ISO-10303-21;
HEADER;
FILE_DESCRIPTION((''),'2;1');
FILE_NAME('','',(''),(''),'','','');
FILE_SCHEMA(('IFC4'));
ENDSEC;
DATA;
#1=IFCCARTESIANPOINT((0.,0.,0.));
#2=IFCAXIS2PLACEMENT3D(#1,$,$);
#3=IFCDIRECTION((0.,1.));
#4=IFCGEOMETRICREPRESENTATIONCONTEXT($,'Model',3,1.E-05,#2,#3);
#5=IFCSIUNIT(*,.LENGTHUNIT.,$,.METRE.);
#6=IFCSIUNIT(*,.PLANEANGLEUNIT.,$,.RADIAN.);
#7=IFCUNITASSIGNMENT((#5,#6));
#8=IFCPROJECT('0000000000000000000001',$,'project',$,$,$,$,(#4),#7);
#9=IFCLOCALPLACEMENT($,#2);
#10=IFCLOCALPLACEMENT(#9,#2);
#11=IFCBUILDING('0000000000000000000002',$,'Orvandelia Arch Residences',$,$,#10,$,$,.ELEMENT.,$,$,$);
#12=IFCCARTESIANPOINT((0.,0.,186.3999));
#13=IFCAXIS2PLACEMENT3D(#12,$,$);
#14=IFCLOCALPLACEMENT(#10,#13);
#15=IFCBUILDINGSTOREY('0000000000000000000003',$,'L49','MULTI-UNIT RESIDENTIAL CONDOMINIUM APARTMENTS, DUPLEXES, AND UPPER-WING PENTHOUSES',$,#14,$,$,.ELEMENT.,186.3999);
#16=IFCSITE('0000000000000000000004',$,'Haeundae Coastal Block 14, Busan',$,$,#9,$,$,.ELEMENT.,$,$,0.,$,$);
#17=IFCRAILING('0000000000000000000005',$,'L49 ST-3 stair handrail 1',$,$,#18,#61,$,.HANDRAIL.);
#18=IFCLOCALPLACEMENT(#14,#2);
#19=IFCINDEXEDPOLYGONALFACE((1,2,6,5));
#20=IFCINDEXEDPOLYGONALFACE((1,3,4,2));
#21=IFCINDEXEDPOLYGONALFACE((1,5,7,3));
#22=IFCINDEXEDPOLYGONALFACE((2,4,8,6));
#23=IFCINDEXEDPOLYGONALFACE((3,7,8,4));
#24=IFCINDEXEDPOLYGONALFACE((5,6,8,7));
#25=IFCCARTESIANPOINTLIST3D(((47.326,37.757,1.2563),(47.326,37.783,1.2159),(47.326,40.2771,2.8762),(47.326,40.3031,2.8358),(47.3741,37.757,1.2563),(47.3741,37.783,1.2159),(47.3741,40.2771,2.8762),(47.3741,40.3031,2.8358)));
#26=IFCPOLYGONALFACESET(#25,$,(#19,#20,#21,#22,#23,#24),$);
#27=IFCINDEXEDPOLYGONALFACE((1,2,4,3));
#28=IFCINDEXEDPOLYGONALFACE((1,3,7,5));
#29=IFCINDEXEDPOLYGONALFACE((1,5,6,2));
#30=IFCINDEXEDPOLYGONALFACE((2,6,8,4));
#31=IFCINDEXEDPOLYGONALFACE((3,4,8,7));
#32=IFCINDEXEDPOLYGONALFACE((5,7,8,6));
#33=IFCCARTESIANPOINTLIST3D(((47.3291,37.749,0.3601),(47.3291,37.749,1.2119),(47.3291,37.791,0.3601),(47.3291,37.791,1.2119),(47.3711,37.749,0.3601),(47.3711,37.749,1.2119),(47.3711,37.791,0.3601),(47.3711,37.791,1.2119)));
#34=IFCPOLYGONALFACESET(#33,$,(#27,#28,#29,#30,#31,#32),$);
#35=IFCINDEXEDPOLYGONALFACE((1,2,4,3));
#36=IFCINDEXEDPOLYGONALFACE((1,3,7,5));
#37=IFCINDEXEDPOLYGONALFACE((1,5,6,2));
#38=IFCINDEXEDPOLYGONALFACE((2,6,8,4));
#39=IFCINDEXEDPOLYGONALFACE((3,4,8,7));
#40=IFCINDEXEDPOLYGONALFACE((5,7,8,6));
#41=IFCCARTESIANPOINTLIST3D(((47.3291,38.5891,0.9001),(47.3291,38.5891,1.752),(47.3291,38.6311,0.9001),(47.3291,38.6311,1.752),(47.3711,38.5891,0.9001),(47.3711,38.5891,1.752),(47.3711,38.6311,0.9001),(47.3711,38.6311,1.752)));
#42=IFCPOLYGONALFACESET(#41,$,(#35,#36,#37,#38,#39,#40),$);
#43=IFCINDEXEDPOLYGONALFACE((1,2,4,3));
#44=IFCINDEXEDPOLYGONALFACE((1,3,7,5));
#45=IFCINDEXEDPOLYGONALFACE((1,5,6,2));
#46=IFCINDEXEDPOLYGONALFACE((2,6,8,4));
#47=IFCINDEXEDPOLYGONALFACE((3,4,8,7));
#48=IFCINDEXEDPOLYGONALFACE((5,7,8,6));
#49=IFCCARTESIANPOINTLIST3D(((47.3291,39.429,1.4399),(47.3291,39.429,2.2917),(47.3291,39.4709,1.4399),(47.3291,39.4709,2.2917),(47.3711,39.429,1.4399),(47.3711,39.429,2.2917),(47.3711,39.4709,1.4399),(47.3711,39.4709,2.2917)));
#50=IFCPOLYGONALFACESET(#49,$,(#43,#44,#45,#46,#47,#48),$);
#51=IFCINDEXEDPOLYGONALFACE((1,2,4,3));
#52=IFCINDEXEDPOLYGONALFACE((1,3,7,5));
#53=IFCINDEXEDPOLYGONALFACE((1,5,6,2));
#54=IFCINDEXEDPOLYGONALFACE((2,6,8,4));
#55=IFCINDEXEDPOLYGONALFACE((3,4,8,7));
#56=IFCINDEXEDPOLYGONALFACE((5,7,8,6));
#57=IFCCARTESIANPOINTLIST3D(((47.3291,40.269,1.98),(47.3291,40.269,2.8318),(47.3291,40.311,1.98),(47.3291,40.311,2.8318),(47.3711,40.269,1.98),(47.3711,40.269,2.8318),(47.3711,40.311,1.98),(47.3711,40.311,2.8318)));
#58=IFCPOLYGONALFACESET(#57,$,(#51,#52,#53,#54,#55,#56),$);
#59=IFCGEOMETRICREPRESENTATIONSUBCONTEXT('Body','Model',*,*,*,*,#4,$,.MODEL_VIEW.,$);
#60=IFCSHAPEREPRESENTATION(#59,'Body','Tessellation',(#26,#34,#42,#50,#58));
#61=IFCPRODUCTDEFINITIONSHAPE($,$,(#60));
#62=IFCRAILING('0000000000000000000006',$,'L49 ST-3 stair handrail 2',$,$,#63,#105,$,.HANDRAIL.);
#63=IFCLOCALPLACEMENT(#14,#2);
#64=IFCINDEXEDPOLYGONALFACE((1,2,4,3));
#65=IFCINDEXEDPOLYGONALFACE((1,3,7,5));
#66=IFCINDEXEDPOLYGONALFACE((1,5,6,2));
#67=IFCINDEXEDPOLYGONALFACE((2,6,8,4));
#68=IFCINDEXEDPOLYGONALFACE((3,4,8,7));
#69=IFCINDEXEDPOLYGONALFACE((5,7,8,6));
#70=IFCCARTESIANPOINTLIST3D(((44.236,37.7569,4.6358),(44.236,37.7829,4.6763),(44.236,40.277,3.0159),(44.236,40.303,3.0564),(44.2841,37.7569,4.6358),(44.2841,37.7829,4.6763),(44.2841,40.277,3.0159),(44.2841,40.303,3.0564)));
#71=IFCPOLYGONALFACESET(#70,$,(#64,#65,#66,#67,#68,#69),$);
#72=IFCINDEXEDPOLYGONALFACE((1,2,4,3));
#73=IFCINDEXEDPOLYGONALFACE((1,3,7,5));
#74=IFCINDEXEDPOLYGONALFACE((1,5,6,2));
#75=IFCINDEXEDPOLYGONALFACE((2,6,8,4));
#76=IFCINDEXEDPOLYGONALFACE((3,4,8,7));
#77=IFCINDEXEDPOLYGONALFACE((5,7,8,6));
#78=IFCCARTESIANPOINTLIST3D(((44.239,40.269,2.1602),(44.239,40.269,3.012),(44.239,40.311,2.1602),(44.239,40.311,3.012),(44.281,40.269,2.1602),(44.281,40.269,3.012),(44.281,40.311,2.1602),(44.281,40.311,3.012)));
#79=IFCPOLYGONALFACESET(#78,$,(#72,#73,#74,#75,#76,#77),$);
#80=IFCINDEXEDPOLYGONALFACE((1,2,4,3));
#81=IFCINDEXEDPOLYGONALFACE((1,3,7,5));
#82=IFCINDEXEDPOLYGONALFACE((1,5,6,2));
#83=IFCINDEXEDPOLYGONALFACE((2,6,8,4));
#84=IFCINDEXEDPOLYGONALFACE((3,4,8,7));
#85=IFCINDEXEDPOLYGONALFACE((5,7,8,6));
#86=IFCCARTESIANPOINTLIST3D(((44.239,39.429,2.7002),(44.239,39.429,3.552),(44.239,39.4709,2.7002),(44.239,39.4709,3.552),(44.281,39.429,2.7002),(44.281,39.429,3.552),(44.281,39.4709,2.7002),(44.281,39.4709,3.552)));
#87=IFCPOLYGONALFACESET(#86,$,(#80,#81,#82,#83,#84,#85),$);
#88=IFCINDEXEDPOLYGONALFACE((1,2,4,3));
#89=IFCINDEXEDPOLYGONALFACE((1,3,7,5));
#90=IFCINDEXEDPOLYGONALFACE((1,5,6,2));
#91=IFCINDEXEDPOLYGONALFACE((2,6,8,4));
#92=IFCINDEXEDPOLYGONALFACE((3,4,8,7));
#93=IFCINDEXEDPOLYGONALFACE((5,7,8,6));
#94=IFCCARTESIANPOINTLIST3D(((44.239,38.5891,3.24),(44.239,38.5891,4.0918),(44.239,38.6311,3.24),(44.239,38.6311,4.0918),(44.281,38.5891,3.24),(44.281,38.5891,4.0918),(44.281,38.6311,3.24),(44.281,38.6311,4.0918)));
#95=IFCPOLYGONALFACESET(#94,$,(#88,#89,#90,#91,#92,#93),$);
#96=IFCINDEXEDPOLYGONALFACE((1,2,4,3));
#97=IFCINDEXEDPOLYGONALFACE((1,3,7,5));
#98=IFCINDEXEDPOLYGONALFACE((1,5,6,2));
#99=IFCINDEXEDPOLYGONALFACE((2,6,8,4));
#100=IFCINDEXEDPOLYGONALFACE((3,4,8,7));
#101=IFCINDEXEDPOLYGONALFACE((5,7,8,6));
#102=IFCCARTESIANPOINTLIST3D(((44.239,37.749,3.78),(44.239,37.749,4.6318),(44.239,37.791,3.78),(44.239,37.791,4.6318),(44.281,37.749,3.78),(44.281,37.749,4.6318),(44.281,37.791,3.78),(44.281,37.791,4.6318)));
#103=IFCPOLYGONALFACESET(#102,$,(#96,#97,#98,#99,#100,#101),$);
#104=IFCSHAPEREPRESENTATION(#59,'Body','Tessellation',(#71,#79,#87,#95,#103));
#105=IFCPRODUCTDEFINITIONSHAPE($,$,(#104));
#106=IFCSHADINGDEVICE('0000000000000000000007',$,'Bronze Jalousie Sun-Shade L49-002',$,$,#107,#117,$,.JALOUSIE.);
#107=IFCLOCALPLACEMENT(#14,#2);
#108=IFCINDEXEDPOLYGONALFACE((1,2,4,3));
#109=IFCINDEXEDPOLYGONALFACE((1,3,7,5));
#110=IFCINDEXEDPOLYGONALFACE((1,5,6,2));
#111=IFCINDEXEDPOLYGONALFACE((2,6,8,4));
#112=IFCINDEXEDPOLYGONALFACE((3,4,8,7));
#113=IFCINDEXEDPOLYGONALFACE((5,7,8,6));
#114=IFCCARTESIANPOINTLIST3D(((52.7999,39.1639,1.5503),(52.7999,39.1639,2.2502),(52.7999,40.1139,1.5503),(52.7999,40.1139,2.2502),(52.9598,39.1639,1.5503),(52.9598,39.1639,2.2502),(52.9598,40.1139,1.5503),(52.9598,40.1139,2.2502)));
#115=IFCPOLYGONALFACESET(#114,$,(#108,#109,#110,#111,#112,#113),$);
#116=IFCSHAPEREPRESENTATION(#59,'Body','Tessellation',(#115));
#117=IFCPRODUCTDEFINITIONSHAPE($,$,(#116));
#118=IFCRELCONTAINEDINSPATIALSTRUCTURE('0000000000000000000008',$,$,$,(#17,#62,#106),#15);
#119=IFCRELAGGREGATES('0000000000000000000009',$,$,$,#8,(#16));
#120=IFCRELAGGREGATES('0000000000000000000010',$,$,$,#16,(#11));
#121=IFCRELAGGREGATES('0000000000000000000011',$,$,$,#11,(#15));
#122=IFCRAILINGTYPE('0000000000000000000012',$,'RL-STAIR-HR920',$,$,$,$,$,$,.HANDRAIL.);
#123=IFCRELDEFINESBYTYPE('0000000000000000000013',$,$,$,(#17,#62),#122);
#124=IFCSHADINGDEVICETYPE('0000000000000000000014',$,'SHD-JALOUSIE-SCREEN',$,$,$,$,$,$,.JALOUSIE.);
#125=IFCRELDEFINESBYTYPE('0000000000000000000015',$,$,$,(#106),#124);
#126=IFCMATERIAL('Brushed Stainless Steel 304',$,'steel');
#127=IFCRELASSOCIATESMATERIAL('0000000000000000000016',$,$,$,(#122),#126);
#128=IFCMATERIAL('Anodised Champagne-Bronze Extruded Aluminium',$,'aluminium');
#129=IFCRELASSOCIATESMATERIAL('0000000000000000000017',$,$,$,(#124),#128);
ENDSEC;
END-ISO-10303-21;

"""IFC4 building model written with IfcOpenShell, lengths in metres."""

from ifc_helpers import new_model, si_unit, direction, frame, origin, origin_2d, place, context, subcontext, project, spatial, rectangle, extrude, material, type_object, element, save


model = new_model("IFC4")

# Units and contexts
model_context = context("Model", 3, precision=1e-05, world=origin(), true_north=direction((0.0, 1.0)))
body_context = subcontext(model_context, "Body", "Model", "MODEL_VIEW")
ifc_project = project(units=[si_unit("LENGTHUNIT", "METRE"), si_unit("PLANEANGLEUNIT", "RADIAN")], contexts=[model_context])

# Site, building, storey
site_placement = place(None, origin())
site = spatial("IfcSite", under=ifc_project, at=site_placement, Name="Haeundae Coastal Block 14, Busan", CompositionType="ELEMENT", RefElevation=0.0)
building_placement = place(site_placement, origin())
building = spatial("IfcBuilding", under=site, at=building_placement, Name="Orvandelia Arch Residences", CompositionType="ELEMENT")
storey_placement = place(building_placement, frame((0.0, 0.0, 186.3999)))
storey = spatial("IfcBuildingStorey", under=building, at=storey_placement, Name="L49", Description="MULTI-UNIT RESIDENTIAL CONDOMINIUM APARTMENTS, DUPLEXES, AND UPPER-WING PENTHOUSES", CompositionType="ELEMENT", Elevation=186.3999)

# Railings
ifc_material_1 = material(Name="Brushed Stainless Steel 304", Category="steel")
railing_type_1 = type_object("IfcRailingType", Name="RL-STAIR-HR920", PredefinedType="HANDRAIL", material=ifc_material_1)
railing_1_placement = place(storey_placement, frame((47.3501, 37.77, 0.3601)))
element("IfcRailing", 1, at=railing_1_placement, inside=storey, type_object=railing_type_1, Name="L49 ST-3 stair handrail 1", PredefinedType="HANDRAIL", context=body_context, shape_type="SweptSolid", body=[
    extrude(rectangle(XDim=0.0481, YDim=0.0481, at=origin_2d()), frame((0.0, 0.0, 0.876), z_axis=(0.0, 0.8412, 0.540725), x_axis=(-1.0, 0.0, 0.0)), (0.0, 0.0, 1.0), 2.9958),
    extrude(rectangle(XDim=0.042, YDim=0.042, at=origin_2d()), origin(), (0.0, 0.0, 1.0), 0.8518),
    extrude(rectangle(XDim=0.042, YDim=0.042, at=origin_2d()), frame((0.0, 0.8401, 0.54)), (0.0, 0.0, 1.0), 0.8518),
    extrude(rectangle(XDim=0.042, YDim=0.042, at=origin_2d()), frame((0.0, 1.6799, 1.0798)), (0.0, 0.0, 1.0), 0.8518),
    extrude(rectangle(XDim=0.042, YDim=0.042, at=origin_2d()), frame((0.0, 2.52, 1.6199)), (0.0, 0.0, 1.0), 0.8518),
])
railing_2_placement = place(storey_placement, frame((44.26, 40.29, 2.1602)))
element("IfcRailing", 2, at=railing_2_placement, inside=storey, type_object=railing_type_1, Name="L49 ST-3 stair handrail 2", PredefinedType="HANDRAIL", context=body_context, shape_type="SweptSolid", body=[
    extrude(rectangle(XDim=0.0481, YDim=0.0481, at=origin_2d()), frame((0.0, 0.0, 0.876), z_axis=(0.0, -0.8412, 0.540725), x_axis=(1.0, 0.0, 0.0)), (0.0, 0.0, 1.0), 2.9958),
    extrude(rectangle(XDim=0.042, YDim=0.042, at=origin_2d()), origin(), (0.0, 0.0, 1.0), 0.8518),
    extrude(rectangle(XDim=0.042, YDim=0.042, at=origin_2d()), frame((0.0, -0.8401, 0.54)), (0.0, 0.0, 1.0), 0.8518),
    extrude(rectangle(XDim=0.042, YDim=0.042, at=origin_2d()), frame((0.0, -1.6799, 1.0798)), (0.0, 0.0, 1.0), 0.8518),
    extrude(rectangle(XDim=0.042, YDim=0.042, at=origin_2d()), frame((0.0, -2.52, 1.6199)), (0.0, 0.0, 1.0), 0.8518),
])

# Shading device
ifc_material_2 = material(Name="Anodised Champagne-Bronze Extruded Aluminium", Category="aluminium")
shading_device_type = type_object("IfcShadingDeviceType", Name="SHD-JALOUSIE-SCREEN", PredefinedType="JALOUSIE", material=ifc_material_2)
shading_device_placement = place(storey_placement, frame((52.8799, 39.6389, 1.5503), z_axis=(0.0, 0.0, 1.0), x_axis=(0.0, -1.0, 0.0)))
element("IfcShadingDevice", 3, at=shading_device_placement, inside=storey, type_object=shading_device_type, Name="Bronze Jalousie Sun-Shade L49-002", PredefinedType="JALOUSIE", context=body_context, shape_type="SweptSolid", body=[
    extrude(rectangle(XDim=0.95, YDim=0.1599, at=origin_2d()), origin(), (0.0, 0.0, 1.0), 0.7),
])

save(model, "model.ifc")
